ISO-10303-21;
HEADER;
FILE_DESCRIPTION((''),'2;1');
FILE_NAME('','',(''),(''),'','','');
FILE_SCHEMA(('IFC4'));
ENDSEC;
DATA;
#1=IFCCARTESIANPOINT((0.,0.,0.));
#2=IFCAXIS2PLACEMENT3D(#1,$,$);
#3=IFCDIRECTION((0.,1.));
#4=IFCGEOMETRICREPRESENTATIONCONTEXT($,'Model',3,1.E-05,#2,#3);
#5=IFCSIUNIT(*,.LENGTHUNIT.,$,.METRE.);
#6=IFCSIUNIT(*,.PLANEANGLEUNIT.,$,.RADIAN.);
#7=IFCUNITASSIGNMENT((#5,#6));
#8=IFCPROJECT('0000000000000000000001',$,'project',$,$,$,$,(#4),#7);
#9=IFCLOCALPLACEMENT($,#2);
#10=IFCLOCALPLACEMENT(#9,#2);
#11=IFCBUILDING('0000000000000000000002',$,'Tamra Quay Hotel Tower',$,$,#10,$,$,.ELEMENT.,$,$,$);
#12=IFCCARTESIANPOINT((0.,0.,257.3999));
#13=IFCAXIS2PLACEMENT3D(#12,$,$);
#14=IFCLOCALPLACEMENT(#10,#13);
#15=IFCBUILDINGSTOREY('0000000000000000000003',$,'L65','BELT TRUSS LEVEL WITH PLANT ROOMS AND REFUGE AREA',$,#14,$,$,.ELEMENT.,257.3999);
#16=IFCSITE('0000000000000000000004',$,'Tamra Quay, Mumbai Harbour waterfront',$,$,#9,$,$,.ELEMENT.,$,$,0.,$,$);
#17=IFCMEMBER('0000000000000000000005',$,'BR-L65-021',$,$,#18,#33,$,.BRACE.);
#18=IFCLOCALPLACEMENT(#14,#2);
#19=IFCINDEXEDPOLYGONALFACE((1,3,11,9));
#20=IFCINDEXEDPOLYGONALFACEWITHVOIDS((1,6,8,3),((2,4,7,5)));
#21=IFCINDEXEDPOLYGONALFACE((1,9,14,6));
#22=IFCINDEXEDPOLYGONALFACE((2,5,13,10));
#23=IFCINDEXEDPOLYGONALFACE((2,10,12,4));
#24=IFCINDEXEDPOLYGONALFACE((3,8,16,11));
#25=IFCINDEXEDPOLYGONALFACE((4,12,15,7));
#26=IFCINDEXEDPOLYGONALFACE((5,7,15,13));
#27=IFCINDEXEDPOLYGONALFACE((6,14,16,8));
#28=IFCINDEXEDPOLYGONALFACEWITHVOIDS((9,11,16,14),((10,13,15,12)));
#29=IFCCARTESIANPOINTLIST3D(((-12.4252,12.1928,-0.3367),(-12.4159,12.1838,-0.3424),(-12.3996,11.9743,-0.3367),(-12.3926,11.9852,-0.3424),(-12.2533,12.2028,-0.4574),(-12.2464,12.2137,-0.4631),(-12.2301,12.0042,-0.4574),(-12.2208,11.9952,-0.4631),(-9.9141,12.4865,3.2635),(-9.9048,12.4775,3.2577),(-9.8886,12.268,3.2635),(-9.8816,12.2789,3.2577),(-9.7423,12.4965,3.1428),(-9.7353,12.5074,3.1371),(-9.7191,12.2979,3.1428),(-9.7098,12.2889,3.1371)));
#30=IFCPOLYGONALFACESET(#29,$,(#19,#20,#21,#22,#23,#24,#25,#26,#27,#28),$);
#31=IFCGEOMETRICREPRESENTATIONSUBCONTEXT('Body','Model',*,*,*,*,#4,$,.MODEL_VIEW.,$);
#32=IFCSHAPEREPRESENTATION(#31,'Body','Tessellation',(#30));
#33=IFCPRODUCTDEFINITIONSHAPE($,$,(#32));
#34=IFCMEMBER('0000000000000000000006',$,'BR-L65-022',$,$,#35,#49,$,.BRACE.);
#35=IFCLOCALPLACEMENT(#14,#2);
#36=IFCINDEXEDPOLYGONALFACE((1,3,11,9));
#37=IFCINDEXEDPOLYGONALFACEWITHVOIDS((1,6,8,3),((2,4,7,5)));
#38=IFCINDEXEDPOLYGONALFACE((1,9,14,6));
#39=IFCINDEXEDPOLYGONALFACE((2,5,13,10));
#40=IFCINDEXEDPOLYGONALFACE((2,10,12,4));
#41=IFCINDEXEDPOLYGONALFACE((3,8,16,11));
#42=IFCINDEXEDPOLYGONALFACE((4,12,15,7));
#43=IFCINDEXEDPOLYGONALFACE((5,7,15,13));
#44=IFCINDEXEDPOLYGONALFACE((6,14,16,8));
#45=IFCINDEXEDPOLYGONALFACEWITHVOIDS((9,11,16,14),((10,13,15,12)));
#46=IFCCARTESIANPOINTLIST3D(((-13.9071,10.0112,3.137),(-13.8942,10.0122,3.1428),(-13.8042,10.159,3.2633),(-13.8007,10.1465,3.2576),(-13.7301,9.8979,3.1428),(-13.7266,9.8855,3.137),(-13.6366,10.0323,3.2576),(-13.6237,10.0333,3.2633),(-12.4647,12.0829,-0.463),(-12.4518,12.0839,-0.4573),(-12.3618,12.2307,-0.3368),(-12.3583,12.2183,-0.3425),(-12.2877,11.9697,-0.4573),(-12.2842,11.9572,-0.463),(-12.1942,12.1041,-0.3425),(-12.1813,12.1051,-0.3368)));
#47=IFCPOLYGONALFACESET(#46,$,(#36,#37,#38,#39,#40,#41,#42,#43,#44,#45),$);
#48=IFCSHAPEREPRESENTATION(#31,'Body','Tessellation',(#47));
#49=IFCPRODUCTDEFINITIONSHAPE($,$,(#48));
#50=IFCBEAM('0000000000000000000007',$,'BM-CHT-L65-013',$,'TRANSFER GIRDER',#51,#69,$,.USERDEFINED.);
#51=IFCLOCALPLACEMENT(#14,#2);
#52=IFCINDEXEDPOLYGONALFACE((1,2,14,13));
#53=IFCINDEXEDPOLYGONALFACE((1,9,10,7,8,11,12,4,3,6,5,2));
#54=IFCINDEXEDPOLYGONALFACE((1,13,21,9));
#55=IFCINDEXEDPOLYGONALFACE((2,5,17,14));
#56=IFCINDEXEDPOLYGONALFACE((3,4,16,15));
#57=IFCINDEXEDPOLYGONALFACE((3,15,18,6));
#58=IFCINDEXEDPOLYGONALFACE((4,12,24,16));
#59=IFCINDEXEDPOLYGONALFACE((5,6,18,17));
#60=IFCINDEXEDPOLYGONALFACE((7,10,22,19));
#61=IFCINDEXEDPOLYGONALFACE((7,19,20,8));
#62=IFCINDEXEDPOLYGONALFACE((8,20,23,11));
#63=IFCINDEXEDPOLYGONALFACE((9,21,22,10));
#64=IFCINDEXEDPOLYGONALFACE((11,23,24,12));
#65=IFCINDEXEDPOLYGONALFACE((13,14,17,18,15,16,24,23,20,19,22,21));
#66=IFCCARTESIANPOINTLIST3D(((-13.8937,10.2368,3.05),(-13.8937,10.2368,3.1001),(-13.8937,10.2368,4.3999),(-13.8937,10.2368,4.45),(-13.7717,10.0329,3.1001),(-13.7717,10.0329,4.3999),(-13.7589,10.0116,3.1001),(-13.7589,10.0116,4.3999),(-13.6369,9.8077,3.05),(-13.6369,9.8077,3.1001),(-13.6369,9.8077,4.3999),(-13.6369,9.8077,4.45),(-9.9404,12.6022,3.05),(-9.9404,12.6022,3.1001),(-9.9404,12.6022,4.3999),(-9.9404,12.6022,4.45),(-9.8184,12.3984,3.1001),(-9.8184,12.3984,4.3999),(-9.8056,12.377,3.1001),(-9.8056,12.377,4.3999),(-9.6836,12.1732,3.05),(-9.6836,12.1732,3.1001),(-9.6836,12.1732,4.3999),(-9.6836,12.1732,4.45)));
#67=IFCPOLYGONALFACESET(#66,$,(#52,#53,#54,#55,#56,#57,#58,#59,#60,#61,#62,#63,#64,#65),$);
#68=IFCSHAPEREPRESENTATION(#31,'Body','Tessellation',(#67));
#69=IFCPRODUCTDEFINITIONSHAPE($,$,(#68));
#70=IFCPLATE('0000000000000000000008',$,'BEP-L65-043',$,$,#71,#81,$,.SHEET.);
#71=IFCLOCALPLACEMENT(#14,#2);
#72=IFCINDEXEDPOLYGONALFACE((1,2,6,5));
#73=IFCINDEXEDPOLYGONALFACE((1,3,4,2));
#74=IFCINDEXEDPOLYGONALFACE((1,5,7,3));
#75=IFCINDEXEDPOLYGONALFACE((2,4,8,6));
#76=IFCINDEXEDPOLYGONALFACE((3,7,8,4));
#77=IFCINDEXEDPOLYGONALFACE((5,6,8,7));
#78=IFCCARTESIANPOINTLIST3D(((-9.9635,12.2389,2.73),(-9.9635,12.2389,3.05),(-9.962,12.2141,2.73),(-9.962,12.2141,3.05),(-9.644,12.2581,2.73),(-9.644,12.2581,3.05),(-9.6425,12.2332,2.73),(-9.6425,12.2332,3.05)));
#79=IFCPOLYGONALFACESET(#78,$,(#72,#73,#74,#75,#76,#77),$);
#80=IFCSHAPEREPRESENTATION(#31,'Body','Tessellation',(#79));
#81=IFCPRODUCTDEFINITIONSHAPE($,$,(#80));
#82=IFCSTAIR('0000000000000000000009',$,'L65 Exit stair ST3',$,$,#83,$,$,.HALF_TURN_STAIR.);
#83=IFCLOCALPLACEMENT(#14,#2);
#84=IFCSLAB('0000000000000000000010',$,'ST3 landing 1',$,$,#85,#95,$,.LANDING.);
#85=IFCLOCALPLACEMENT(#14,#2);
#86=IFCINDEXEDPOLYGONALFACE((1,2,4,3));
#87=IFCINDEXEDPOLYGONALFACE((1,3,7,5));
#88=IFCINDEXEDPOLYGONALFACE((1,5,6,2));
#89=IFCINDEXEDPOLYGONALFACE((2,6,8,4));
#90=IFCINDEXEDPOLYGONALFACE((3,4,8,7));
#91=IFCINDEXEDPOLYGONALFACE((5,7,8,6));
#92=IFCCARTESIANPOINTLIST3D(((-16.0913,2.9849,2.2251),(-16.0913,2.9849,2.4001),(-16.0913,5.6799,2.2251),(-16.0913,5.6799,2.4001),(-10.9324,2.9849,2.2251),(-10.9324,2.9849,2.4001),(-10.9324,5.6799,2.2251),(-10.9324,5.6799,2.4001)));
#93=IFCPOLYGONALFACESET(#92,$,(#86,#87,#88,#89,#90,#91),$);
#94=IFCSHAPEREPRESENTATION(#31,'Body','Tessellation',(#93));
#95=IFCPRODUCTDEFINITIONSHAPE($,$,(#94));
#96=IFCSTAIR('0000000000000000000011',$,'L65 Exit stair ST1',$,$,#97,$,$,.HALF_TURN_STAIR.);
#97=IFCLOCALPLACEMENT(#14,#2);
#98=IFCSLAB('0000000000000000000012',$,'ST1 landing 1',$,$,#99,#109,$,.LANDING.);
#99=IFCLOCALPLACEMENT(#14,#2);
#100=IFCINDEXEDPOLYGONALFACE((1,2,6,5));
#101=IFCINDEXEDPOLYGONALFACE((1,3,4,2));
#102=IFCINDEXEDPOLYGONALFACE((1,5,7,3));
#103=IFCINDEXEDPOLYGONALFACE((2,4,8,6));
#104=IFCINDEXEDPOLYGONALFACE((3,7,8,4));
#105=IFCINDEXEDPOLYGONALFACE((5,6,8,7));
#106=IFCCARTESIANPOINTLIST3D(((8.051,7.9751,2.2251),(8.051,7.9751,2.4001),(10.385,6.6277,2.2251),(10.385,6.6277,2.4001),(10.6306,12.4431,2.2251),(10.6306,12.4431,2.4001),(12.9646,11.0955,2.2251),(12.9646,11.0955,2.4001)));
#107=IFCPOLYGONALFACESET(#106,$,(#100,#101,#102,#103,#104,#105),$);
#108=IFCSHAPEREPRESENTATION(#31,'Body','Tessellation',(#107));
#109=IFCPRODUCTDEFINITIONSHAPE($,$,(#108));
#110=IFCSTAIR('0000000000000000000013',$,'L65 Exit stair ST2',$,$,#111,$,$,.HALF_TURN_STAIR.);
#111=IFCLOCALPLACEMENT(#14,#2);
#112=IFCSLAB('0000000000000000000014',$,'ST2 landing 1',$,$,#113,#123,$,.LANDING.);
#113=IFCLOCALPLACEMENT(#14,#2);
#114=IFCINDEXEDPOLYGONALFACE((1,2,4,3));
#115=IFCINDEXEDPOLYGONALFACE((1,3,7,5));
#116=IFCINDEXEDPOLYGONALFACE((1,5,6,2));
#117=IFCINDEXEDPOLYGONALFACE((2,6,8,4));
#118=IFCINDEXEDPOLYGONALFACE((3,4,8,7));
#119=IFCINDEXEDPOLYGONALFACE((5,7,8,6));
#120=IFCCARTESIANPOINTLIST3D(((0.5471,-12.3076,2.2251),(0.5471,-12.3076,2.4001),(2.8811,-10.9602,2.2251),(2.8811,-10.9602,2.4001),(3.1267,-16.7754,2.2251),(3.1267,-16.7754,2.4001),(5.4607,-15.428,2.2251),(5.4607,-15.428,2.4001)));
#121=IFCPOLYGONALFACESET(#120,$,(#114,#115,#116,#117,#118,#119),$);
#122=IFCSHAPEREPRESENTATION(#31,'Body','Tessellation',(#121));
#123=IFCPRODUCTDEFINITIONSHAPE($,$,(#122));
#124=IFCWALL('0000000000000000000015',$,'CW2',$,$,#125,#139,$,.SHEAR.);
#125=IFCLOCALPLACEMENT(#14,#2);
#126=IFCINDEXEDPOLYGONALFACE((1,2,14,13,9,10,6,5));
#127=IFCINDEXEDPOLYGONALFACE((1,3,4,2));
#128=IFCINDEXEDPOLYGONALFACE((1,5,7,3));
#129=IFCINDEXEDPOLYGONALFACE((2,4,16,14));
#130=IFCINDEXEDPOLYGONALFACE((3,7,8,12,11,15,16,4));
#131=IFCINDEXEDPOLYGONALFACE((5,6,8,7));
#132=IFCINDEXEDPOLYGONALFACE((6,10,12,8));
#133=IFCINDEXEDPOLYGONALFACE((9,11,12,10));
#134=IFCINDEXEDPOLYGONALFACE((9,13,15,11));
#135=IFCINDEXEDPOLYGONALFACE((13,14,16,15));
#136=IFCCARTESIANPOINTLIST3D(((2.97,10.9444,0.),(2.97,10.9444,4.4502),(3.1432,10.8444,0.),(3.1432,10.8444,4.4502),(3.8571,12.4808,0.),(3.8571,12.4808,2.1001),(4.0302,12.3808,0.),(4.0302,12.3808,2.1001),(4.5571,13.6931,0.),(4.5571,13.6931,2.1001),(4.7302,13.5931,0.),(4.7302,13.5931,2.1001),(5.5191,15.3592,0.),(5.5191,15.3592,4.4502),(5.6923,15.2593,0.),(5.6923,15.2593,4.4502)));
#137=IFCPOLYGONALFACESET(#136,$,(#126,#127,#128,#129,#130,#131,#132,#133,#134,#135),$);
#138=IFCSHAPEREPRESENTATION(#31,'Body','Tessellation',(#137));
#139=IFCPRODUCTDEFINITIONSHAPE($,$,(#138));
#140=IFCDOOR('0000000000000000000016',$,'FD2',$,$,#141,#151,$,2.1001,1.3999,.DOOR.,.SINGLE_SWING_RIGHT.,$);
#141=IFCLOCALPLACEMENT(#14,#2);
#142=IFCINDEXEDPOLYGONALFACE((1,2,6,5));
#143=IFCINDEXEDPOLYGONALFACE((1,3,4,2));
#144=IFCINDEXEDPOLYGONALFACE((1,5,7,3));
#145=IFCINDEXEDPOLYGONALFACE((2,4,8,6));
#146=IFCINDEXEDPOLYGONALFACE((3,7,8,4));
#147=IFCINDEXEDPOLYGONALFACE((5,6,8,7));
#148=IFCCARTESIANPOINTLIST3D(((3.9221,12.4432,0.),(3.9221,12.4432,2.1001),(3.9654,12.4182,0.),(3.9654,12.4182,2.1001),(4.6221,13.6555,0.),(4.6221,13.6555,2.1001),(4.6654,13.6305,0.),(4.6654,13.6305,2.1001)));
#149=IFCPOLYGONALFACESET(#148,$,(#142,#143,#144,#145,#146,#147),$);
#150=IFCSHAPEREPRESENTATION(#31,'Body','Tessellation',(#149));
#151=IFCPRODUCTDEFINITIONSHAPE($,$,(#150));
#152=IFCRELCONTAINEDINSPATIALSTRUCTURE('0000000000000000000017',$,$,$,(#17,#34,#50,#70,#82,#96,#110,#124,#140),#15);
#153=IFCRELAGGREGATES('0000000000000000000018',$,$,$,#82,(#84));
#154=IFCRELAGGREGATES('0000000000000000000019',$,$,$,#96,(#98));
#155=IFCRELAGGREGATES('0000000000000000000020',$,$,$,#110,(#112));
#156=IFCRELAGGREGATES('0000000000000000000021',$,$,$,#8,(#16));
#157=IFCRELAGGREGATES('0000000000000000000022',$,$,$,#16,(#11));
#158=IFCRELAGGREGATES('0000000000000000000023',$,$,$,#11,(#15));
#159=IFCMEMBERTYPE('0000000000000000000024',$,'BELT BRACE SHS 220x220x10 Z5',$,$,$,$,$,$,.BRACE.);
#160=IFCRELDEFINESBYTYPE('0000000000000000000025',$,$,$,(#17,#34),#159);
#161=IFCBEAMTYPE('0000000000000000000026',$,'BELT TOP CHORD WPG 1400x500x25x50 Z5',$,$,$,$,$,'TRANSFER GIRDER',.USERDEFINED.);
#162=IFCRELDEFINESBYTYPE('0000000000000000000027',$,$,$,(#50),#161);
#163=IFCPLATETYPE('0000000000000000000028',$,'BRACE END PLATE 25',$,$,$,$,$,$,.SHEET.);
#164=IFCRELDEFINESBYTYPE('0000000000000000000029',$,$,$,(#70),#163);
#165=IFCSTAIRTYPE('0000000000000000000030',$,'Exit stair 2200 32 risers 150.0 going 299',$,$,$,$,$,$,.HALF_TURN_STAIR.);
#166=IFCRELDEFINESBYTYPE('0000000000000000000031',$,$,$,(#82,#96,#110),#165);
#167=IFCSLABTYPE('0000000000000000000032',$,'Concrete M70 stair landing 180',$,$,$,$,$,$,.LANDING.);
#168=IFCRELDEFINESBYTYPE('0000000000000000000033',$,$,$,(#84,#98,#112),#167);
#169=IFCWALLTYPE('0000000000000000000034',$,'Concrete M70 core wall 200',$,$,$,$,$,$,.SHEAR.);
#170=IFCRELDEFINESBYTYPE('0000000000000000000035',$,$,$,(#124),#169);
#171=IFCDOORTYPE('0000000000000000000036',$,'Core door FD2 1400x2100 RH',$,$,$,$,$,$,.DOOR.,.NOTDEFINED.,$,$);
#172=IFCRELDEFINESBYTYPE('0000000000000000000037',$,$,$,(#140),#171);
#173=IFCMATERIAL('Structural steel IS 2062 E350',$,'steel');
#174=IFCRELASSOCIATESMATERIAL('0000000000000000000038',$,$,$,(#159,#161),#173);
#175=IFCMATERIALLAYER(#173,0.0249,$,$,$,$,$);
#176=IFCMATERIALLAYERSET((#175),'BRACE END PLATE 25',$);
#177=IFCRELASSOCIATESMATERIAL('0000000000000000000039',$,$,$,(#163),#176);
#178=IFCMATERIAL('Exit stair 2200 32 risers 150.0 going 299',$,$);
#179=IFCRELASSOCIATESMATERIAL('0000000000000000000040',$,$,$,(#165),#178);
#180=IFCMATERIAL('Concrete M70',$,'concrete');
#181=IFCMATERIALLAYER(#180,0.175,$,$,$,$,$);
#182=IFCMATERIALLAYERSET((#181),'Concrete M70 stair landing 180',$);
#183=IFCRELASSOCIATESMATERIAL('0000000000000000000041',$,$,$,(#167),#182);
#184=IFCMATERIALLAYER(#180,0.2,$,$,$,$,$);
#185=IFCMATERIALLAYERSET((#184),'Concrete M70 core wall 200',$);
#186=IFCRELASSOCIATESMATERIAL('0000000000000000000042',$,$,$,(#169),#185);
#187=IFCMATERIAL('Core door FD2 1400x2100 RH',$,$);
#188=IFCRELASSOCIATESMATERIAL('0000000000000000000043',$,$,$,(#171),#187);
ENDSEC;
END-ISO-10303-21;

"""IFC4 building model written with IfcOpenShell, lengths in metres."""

from ifc_helpers import new_model, si_unit, direction, frame, frame_2d, origin, origin_2d, place, context, subcontext, project, spatial, polyline, rectangle, hollow_rectangle, i_section, outline, extrude, material, layer, layer_set, material_profile, profile_set, type_object, element, fill, aggregate, save


model = new_model("IFC4")

# Units and contexts
model_context = context("Model", 3, precision=1e-05, world=origin(), true_north=direction((0.0, 1.0)))
body_context = subcontext(model_context, "Body", "Model", "MODEL_VIEW")
ifc_project = project(units=[si_unit("LENGTHUNIT", "METRE"), si_unit("PLANEANGLEUNIT", "RADIAN")], contexts=[model_context])

# Site, building, storey
site_placement = place(None, origin())
site = spatial("IfcSite", under=ifc_project, at=site_placement, Name="Tamra Quay, Mumbai Harbour waterfront", CompositionType="ELEMENT", RefElevation=0.0)
building_placement = place(site_placement, origin())
building = spatial("IfcBuilding", under=site, at=building_placement, Name="Tamra Quay Hotel Tower", CompositionType="ELEMENT")
storey_placement = place(building_placement, frame((0.0, 0.0, 257.3999)))
storey = spatial("IfcBuildingStorey", under=building, at=storey_placement, Name="L65", Description="BELT TRUSS LEVEL WITH PLANT ROOMS AND REFUGE AREA", CompositionType="ELEMENT", Elevation=257.3999)

# Members
ifc_material_1 = material(Name="Structural steel IS 2062 E350", Category="steel")
ifc_material_profile_1 = material_profile(ifc_material_1, hollow_rectangle(XDim=0.22, YDim=0.22, WallThickness=0.01, at=origin_2d()), Name="SHS 220x220x10")
ifc_profile_set_1 = profile_set([ifc_material_profile_1], Name="Structural steel IS 2062 E350")
member_type = type_object("IfcMemberType", Name="BELT BRACE SHS 220x220x10 Z5", PredefinedType="BRACE", material=ifc_profile_set_1)
member_1_placement = place(storey_placement, frame((-12.323, 12.094, -0.3999), z_axis=(0.570796, 0.066764, 0.818373), x_axis=(-0.116174, 0.993229, 0.0)))
element("IfcMember", 1, at=member_1_placement, inside=storey, type_object=member_type, Name="BR-L65-021", PredefinedType="BRACE", context=body_context, shape_type="SweptSolid", body=[
    extrude(hollow_rectangle(XDim=0.22, YDim=0.22, WallThickness=0.01, at=origin_2d()), origin(), (0.0, 0.0, 1.0), 4.3992),
])
member_2_placement = place(storey_placement, frame((-12.323, 12.094, -0.3999), z_axis=(-0.328039, -0.471182, 0.818766), x_axis=(0.820692, -0.57137, 0.0)))
element("IfcMember", 2, at=member_2_placement, inside=storey, type_object=member_type, Name="BR-L65-022", PredefinedType="BRACE", context=body_context, shape_type="SweptSolid", body=[
    extrude(hollow_rectangle(XDim=0.22, YDim=0.22, WallThickness=0.01, at=origin_2d()), origin(), (0.0, 0.0, 1.0), 4.397),
])

# Beam
ifc_material_profile_2 = material_profile(ifc_material_1, i_section(OverallWidth=0.5, OverallDepth=1.3999, WebThickness=0.0249, FlangeThickness=0.05, at=origin_2d()), Name="WPG 1400x500x25x50")
ifc_profile_set_2 = profile_set([ifc_material_profile_2], Name="Structural steel IS 2062 E350")
beam_type = type_object("IfcBeamType", Name="BELT TOP CHORD WPG 1400x500x25x50 Z5", ElementType="TRANSFER GIRDER", PredefinedType="USERDEFINED", material=ifc_profile_set_2)
beam_placement = place(storey_placement, frame((-9.812, 12.3877, 3.75), z_axis=(-0.858119, -0.513451, 0.0), x_axis=(0.513451, -0.858119, 0.0)))
element("IfcBeam", 3, at=beam_placement, inside=storey, type_object=beam_type, Name="BM-CHT-L65-013", ObjectType="TRANSFER GIRDER", PredefinedType="USERDEFINED", context=body_context, shape_type="SweptSolid", body=[
    extrude(i_section(OverallWidth=0.5, OverallDepth=1.3999, WebThickness=0.0249, FlangeThickness=0.05, at=origin_2d()), origin(), (0.0, 0.0, 1.0), 4.6069),
])

# Plate
ifc_layer_1 = layer(ifc_material_1, 0.0249)
ifc_layer_set_1 = layer_set([ifc_layer_1], Name="BRACE END PLATE 25")
plate_type = type_object("IfcPlateType", Name="BRACE END PLATE 25", PredefinedType="SHEET", material=ifc_layer_set_1)
plate_placement = place(storey_placement, frame((-9.803, 12.2361, 2.73), z_axis=(0.0, 0.0, 1.0), x_axis=(-0.059921, 0.998203, 0.0)))
element("IfcPlate", 4, at=plate_placement, inside=storey, type_object=plate_type, Name="BEP-L65-043", PredefinedType="SHEET", context=body_context, shape_type="SweptSolid", body=[
    extrude(rectangle(XDim=0.0249, YDim=0.3201, at=origin_2d()), origin(), (0.0, 0.0, 1.0), 0.3201),
])

# Stairs, slabs
ifc_material_2 = material(Name="Exit stair 2200 32 risers 150.0 going 299")
stair_type = type_object("IfcStairType", Name="Exit stair 2200 32 risers 150.0 going 299", PredefinedType="HALF_TURN_STAIR", material=ifc_material_2)
stair_1_placement = place(storey_placement, origin())
stair_1 = element("IfcStair", 5, at=stair_1_placement, inside=storey, type_object=stair_type, Name="L65 Exit stair ST3", PredefinedType="HALF_TURN_STAIR")
ifc_material_3 = material(Name="Concrete M70", Category="concrete")
ifc_layer_2 = layer(ifc_material_3, 0.175)
ifc_layer_set_2 = layer_set([ifc_layer_2], Name="Concrete M70 stair landing 180")
slab_type = type_object("IfcSlabType", Name="Concrete M70 stair landing 180", PredefinedType="LANDING", material=ifc_layer_set_2)
slab_1_placement = place(storey_placement, frame((0.0, 0.0, 2.2251)))
slab_1 = element("IfcSlab", 6, at=slab_1_placement, type_object=slab_type, Name="ST3 landing 1", PredefinedType="LANDING", context=body_context, shape_type="SweptSolid", body=[
    extrude(outline(polyline([(-10.9324, 2.9849), (-10.9324, 5.6799), (-16.0913, 5.6799), (-16.0913, 2.9849), (-10.9324, 2.9849)])), origin(), (0.0, 0.0, 1.0), 0.175),
])
aggregate(stair_1, [slab_1])
stair_2_placement = place(storey_placement, origin())
stair_2 = element("IfcStair", 7, at=stair_2_placement, inside=storey, type_object=stair_type, Name="L65 Exit stair ST1", PredefinedType="HALF_TURN_STAIR")
slab_2_placement = place(storey_placement, frame((0.0, 0.0, 2.2251)))
slab_2 = element("IfcSlab", 8, at=slab_2_placement, type_object=slab_type, Name="ST1 landing 1", PredefinedType="LANDING", context=body_context, shape_type="SweptSolid", body=[
    extrude(outline(polyline([(8.051, 7.9751), (10.385, 6.6277), (12.9646, 11.0955), (10.6306, 12.4431), (8.051, 7.9751)])), origin(), (0.0, 0.0, 1.0), 0.175),
])
aggregate(stair_2, [slab_2])
stair_3_placement = place(storey_placement, origin())
stair_3 = element("IfcStair", 9, at=stair_3_placement, inside=storey, type_object=stair_type, Name="L65 Exit stair ST2", PredefinedType="HALF_TURN_STAIR")
slab_3_placement = place(storey_placement, frame((0.0, 0.0, 2.2251)))
slab_3 = element("IfcSlab", 10, at=slab_3_placement, type_object=slab_type, Name="ST2 landing 1", PredefinedType="LANDING", context=body_context, shape_type="SweptSolid", body=[
    extrude(outline(polyline([(2.8811, -10.9602), (0.5471, -12.3076), (3.1267, -16.7754), (5.4607, -15.428), (2.8811, -10.9602)])), origin(), (0.0, 0.0, 1.0), 0.175),
])
aggregate(stair_3, [slab_3])

# Wall, opening, door
ifc_layer_3 = layer(ifc_material_3, 0.2)
ifc_layer_set_3 = layer_set([ifc_layer_3], Name="Concrete M70 core wall 200")
wall_type_1 = type_object("IfcWallType", Name="Concrete M70 core wall 200", PredefinedType="SHEAR", material=ifc_layer_set_3)
wall_1_placement = place(storey_placement, frame((3.0566, 10.8945, 0.0), z_axis=(0.0, 0.0, 1.0), x_axis=(0.500028, 0.866009, 0.0)))
wall_1 = element("IfcWall", 11, at=wall_1_placement, inside=storey, type_object=wall_type_1, Name="CW2", PredefinedType="SHEAR", context=body_context, shape_type="SweptSolid", body=[
    extrude(rectangle(XDim=5.0979, YDim=0.2, at=frame_2d((2.5488, 0.0))), origin(), (0.0, 0.0, 1.0), 4.4502),
])
opening_1_placement = place(wall_1_placement, frame((1.7739, 0.0, 0.0)))
opening_1 = element("IfcOpeningElement", 12, at=opening_1_placement, cuts=wall_1, PredefinedType="OPENING", context=body_context, shape_type="SweptSolid", body=[
    extrude(rectangle(XDim=1.3999, YDim=2.1001, at=frame_2d((0.7, 1.05))), frame((0.0, 0.1099, 0.0), z_axis=(0.0, -1.0, 0.0), x_axis=(1.0, 0.0, 0.0)), (0.0, 0.0, 1.0), 0.22),
])
ifc_material_4 = material(Name="Core door FD2 1400x2100 RH")
door_type_1 = type_object("IfcDoorType", Name="Core door FD2 1400x2100 RH", OperationType="NOTDEFINED", PredefinedType="DOOR", material=ifc_material_4)
door_1_placement = place(opening_1_placement, origin())
door_1 = element("IfcDoor", 13, at=door_1_placement, inside=storey, type_object=door_type_1, Name="FD2", OperationType="SINGLE_SWING_RIGHT", OverallHeight=2.1001, OverallWidth=1.3999, PredefinedType="DOOR", context=body_context, shape_type="SweptSolid", body=[
    extrude(rectangle(XDim=1.3999, YDim=2.1001, at=frame_2d((0.7, 1.05))), frame((0.0, 0.0249, 0.0), z_axis=(0.0, -1.0, 0.0), x_axis=(1.0, 0.0, 0.0)), (0.0, 0.0, 1.0), 0.05),
])
fill(opening_1, door_1)

save(model, "model.ifc")
